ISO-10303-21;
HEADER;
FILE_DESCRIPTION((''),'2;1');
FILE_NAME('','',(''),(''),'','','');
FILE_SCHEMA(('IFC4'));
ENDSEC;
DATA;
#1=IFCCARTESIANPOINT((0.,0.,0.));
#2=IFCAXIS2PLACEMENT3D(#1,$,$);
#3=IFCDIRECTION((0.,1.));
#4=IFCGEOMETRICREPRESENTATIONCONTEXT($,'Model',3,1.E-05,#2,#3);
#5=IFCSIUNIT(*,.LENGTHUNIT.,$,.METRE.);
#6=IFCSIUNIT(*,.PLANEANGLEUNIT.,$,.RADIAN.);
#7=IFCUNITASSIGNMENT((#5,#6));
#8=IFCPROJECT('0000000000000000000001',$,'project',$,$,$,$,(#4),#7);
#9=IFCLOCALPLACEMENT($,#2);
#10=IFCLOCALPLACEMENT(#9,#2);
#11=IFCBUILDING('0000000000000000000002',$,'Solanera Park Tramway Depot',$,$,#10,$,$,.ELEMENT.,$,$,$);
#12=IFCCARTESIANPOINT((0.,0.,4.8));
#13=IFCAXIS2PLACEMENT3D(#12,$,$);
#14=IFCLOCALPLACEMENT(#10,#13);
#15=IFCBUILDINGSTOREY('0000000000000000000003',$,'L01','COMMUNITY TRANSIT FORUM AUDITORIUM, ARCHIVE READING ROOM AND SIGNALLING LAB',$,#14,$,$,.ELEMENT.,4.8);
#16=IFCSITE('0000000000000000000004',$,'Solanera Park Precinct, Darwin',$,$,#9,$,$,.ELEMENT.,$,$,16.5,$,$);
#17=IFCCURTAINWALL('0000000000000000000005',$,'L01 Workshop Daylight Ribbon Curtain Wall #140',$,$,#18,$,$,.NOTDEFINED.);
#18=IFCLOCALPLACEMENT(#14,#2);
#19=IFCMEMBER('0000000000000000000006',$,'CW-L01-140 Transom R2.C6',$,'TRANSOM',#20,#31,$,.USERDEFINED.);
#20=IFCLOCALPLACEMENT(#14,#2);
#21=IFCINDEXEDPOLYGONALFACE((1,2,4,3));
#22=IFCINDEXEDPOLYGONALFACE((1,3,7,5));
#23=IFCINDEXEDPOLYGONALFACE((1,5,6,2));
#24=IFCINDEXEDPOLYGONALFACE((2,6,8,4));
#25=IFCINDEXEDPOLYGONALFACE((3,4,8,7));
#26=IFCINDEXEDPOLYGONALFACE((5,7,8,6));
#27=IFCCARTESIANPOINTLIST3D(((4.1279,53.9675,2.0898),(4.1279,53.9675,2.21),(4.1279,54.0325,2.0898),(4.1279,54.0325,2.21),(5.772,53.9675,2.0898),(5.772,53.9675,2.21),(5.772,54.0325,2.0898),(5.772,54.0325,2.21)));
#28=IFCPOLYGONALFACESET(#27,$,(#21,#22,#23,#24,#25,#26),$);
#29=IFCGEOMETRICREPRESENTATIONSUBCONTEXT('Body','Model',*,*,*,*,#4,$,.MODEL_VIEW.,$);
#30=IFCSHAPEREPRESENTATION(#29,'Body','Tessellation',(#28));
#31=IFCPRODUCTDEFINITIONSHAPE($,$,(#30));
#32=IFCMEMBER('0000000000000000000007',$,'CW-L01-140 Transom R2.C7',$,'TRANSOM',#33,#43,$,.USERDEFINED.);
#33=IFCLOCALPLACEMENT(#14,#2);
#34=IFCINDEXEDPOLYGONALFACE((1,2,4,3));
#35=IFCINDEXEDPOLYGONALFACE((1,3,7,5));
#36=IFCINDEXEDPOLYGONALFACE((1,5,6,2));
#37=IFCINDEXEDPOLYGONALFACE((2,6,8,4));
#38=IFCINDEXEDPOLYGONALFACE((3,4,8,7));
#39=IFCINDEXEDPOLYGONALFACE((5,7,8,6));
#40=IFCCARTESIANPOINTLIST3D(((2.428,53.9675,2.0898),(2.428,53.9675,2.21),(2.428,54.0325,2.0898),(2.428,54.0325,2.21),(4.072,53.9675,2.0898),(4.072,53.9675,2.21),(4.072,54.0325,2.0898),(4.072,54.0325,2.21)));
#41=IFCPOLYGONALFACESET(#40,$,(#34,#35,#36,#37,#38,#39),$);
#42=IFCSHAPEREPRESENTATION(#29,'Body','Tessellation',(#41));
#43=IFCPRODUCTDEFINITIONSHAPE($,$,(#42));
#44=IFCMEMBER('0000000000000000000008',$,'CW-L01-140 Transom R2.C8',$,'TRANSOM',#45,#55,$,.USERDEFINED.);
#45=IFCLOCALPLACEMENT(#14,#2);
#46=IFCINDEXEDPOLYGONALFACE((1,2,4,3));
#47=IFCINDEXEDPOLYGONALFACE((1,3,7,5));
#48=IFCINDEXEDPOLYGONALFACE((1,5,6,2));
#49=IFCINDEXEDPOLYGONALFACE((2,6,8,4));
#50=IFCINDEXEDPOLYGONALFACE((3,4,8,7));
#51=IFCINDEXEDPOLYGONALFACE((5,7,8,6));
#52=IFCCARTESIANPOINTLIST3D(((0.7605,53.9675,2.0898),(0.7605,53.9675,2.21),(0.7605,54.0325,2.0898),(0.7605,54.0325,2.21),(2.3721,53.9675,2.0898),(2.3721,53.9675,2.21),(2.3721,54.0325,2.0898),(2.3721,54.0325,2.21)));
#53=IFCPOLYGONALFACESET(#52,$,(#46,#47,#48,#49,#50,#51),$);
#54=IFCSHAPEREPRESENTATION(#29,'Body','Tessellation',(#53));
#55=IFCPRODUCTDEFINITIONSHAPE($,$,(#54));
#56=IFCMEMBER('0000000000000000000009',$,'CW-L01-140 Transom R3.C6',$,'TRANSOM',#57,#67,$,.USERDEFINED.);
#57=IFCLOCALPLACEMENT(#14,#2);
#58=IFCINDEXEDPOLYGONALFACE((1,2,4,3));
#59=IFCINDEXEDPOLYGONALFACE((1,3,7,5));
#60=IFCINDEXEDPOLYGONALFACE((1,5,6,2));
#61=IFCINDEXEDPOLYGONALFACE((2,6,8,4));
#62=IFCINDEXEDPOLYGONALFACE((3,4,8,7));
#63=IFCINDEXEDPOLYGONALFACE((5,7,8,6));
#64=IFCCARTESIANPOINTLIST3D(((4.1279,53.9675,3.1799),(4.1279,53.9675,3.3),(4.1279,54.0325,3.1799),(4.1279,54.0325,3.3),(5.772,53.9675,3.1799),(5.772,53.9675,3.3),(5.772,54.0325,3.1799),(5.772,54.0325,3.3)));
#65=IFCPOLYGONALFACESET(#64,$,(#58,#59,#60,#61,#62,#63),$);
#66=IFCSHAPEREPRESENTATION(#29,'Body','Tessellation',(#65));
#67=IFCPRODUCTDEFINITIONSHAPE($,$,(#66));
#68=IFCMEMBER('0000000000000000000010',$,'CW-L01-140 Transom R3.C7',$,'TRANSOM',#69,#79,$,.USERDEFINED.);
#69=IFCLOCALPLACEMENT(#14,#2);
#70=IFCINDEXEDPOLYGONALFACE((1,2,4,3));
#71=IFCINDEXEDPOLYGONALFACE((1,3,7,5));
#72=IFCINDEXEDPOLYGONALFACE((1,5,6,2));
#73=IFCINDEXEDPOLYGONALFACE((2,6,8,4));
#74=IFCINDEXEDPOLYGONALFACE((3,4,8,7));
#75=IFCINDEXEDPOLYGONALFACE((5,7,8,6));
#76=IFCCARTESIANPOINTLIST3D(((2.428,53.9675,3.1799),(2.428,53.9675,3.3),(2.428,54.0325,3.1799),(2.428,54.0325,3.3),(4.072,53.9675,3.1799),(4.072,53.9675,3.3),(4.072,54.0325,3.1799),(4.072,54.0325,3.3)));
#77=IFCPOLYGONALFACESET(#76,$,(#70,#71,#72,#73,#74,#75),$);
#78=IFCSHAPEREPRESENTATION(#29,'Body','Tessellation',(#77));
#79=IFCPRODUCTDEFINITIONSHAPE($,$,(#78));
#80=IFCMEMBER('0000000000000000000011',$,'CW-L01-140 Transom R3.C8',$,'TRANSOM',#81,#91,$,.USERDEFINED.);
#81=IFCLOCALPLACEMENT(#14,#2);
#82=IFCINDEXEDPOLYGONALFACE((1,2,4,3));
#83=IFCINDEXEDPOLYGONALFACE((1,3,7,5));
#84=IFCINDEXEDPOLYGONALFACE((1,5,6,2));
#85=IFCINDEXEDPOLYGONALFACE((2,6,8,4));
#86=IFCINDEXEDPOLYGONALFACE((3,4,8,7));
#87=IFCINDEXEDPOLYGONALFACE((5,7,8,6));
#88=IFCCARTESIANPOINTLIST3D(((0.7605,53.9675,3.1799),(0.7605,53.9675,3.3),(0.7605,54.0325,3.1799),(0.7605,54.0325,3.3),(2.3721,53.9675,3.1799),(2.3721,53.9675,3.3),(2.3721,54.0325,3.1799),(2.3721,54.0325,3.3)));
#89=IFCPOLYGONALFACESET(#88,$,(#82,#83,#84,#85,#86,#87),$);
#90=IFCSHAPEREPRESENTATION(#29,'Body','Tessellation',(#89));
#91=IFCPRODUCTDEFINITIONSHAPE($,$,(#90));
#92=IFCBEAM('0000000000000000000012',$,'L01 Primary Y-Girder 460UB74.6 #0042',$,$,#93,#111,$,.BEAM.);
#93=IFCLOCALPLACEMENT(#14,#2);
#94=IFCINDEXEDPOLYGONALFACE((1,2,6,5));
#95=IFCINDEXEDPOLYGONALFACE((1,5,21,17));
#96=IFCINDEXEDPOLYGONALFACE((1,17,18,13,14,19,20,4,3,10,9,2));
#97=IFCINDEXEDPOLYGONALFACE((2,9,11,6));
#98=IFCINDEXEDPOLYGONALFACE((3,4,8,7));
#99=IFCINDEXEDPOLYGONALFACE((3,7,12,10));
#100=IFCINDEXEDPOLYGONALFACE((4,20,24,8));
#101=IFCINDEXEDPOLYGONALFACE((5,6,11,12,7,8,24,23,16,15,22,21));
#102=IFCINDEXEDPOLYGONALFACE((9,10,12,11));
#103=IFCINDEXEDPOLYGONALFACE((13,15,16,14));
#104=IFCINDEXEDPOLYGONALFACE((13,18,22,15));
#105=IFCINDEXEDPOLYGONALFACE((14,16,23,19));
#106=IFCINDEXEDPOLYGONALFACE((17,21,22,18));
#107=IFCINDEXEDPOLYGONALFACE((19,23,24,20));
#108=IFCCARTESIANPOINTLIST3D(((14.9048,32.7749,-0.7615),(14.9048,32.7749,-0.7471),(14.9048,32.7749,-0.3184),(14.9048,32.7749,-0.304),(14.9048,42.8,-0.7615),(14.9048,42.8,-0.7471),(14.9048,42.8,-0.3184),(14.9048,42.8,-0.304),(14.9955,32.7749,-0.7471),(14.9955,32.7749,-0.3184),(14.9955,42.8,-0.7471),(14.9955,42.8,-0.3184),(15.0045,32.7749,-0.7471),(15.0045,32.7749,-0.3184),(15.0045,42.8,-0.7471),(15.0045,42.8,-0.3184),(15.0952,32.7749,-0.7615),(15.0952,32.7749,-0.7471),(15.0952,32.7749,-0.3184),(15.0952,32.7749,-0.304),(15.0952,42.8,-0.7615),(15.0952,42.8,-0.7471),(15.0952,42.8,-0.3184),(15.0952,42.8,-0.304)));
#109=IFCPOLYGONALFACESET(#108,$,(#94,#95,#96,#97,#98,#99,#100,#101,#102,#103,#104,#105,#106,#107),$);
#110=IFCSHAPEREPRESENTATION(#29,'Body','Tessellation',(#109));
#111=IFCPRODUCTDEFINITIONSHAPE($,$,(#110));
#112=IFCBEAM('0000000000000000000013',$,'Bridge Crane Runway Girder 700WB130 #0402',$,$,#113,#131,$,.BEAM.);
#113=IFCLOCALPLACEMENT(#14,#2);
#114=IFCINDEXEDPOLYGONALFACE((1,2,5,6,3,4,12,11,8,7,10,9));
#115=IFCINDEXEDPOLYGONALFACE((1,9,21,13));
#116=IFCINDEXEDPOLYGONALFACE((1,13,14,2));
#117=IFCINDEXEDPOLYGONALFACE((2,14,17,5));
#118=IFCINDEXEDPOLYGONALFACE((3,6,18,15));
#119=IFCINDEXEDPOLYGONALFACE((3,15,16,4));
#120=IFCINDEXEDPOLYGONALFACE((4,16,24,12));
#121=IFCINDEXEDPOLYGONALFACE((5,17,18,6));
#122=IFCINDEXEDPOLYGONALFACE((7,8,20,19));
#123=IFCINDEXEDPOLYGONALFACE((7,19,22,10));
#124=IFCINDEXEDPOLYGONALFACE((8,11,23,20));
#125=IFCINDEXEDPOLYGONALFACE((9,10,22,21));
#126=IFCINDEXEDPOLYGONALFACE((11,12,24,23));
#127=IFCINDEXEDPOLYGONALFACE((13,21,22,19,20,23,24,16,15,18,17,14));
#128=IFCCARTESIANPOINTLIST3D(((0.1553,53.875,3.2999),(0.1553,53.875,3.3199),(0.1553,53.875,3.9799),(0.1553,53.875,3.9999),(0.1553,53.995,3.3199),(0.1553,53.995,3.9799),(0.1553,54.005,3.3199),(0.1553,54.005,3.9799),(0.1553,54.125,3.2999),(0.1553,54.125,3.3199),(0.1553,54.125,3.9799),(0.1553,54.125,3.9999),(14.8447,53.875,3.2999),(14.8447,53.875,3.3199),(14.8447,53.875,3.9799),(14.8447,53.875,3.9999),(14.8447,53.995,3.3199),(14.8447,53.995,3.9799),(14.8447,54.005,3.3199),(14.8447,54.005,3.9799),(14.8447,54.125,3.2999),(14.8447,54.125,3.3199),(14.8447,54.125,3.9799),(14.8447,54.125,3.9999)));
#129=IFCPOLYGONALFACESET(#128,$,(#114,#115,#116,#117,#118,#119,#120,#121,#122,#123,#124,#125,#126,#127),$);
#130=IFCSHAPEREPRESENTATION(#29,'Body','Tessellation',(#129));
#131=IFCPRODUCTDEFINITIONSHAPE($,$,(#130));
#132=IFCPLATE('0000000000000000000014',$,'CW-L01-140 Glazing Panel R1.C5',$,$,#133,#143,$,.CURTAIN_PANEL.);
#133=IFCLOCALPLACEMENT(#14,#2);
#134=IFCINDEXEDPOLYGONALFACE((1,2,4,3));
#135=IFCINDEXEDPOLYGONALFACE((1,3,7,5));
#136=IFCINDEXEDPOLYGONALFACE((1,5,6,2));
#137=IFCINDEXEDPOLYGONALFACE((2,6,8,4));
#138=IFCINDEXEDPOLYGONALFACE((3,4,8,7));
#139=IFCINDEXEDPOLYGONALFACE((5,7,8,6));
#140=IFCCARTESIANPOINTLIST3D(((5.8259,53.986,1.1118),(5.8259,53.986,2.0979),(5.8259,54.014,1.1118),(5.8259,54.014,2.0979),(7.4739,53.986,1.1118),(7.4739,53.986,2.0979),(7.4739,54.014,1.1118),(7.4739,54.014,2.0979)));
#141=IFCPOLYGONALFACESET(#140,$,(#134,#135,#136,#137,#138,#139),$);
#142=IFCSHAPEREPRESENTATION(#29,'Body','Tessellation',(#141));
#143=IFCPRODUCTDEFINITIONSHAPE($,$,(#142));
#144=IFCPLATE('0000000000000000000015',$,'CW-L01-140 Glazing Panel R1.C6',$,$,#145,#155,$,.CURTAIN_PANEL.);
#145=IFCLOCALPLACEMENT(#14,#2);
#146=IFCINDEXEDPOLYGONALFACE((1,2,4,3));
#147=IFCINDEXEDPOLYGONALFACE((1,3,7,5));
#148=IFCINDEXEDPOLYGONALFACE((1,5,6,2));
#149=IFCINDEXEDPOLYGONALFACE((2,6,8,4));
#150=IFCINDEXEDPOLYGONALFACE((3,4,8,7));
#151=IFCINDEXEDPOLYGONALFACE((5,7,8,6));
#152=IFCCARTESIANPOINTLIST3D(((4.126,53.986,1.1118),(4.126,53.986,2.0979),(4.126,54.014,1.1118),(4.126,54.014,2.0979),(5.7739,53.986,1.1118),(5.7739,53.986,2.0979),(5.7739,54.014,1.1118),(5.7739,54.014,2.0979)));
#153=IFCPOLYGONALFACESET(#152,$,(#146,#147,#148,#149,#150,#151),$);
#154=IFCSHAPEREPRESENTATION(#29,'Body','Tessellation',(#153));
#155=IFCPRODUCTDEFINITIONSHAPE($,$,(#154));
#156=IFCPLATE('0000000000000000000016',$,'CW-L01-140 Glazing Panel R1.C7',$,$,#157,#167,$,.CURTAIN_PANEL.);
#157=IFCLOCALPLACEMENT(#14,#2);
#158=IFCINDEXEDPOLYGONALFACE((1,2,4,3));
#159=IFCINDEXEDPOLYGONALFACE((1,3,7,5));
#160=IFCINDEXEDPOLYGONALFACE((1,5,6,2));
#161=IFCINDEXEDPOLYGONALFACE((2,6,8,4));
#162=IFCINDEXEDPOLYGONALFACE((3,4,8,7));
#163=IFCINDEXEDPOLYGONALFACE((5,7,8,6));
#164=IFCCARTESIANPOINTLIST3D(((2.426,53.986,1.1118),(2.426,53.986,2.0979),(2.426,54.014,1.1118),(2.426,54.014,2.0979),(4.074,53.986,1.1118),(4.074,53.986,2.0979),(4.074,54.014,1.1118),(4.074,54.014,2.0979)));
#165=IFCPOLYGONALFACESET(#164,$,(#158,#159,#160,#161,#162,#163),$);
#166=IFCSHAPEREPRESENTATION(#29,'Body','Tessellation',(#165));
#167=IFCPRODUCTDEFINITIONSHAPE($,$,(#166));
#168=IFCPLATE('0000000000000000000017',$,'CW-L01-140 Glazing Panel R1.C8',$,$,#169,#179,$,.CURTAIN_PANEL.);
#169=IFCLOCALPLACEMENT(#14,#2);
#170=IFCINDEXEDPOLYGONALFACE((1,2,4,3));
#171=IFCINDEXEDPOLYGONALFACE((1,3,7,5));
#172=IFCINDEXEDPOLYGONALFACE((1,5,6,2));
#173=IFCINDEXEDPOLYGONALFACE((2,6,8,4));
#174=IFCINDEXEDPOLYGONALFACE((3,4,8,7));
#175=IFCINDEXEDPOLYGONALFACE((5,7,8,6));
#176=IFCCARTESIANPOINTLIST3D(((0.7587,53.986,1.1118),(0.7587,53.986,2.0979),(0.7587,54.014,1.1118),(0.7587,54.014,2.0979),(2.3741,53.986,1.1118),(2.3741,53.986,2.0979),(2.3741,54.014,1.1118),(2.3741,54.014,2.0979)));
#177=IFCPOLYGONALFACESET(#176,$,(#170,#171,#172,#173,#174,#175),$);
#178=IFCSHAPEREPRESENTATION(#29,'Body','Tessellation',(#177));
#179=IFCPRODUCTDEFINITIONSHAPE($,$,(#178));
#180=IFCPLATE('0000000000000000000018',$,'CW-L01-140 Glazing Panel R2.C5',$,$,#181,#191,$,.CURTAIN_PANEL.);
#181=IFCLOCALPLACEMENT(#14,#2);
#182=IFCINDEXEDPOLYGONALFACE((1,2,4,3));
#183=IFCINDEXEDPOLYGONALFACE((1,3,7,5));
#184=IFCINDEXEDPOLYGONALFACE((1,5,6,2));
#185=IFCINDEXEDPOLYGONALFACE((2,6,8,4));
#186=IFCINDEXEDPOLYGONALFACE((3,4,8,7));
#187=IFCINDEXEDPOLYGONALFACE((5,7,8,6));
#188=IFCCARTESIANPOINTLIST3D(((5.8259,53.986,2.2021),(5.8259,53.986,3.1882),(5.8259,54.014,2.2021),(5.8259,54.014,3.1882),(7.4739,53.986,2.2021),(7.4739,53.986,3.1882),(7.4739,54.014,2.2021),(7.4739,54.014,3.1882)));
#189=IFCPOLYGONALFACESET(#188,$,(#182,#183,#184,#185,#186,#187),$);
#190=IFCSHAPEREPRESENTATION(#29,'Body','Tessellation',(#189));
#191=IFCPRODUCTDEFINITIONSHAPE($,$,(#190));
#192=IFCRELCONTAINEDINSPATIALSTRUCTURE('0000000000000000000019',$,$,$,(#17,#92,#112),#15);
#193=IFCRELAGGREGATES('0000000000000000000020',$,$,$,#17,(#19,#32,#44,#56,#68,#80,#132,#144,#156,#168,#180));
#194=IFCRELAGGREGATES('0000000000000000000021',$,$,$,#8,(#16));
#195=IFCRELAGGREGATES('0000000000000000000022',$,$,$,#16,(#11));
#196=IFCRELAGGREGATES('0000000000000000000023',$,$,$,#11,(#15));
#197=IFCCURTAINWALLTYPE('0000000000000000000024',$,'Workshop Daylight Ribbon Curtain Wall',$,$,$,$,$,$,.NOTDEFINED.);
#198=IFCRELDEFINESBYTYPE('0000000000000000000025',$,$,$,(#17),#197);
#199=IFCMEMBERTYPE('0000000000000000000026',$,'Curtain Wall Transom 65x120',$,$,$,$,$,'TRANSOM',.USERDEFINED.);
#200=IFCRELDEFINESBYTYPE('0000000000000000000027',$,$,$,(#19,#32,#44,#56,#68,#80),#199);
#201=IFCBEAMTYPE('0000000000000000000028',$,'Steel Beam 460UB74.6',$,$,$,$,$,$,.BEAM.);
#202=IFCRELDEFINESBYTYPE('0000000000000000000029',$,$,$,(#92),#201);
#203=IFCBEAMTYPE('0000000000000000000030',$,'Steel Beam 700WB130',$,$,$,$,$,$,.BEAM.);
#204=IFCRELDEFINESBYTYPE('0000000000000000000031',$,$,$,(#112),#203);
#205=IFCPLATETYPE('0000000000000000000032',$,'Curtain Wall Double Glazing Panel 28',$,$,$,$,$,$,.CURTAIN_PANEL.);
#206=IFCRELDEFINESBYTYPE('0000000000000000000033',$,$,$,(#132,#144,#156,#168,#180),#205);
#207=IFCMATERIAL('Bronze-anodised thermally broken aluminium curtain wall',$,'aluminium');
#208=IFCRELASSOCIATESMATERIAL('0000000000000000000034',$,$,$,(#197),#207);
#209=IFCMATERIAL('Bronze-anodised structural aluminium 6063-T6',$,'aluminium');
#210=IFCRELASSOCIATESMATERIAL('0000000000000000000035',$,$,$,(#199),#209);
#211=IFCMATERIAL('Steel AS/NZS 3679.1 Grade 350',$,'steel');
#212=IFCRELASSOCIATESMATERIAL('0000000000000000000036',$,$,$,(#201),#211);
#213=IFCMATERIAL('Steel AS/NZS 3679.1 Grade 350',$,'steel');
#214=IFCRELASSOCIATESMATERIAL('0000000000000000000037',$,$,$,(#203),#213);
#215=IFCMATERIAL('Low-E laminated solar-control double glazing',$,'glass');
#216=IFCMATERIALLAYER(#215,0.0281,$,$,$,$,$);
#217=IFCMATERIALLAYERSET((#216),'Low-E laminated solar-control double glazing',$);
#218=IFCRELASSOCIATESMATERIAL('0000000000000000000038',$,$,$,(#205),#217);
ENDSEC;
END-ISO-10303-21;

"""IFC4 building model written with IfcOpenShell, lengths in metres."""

from ifc_helpers import new_model, si_unit, direction, frame, origin, origin_2d, place, context, subcontext, project, spatial, rectangle, i_section, extrude, material, layer, layer_set, material_profile, profile_set, type_object, element, aggregate, save


model = new_model("IFC4")

# Units and contexts
model_context = context("Model", 3, precision=1e-05, world=origin(), true_north=direction((0.0, 1.0)))
body_context = subcontext(model_context, "Body", "Model", "MODEL_VIEW")
ifc_project = project(units=[si_unit("LENGTHUNIT", "METRE"), si_unit("PLANEANGLEUNIT", "RADIAN")], contexts=[model_context])

# Site, building, storey
site_placement = place(None, origin())
site = spatial("IfcSite", under=ifc_project, at=site_placement, Name="Solanera Park Precinct, Darwin", CompositionType="ELEMENT", RefElevation=16.5)
building_placement = place(site_placement, origin())
building = spatial("IfcBuilding", under=site, at=building_placement, Name="Solanera Park Tramway Depot", CompositionType="ELEMENT")
storey_placement = place(building_placement, frame((0.0, 0.0, 4.8)))
storey = spatial("IfcBuildingStorey", under=building, at=storey_placement, Name="L01", Description="COMMUNITY TRANSIT FORUM AUDITORIUM, ARCHIVE READING ROOM AND SIGNALLING LAB", CompositionType="ELEMENT", Elevation=4.8)

# Curtain wall, members
ifc_material_1 = material(Name="Bronze-anodised thermally broken aluminium curtain wall", Category="aluminium")
curtain_wall_type = type_object("IfcCurtainWallType", Name="Workshop Daylight Ribbon Curtain Wall", PredefinedType="NOTDEFINED", material=ifc_material_1)
curtain_wall_placement = place(storey_placement, origin())
curtain_wall = element("IfcCurtainWall", 1, at=curtain_wall_placement, inside=storey, type_object=curtain_wall_type, Name="L01 Workshop Daylight Ribbon Curtain Wall #140", PredefinedType="NOTDEFINED")
ifc_material_2 = material(Name="Bronze-anodised structural aluminium 6063-T6", Category="aluminium")
ifc_material_profile_1 = material_profile(ifc_material_2, rectangle(XDim=0.0649, YDim=0.1201, at=origin_2d()), Name="Curtain Wall Transom 65x120")
ifc_profile_set_1 = profile_set([ifc_material_profile_1], Name="Bronze-anodised structural aluminium 6063-T6")
member_type_1 = type_object("IfcMemberType", Name="Curtain Wall Transom 65x120", ElementType="TRANSOM", PredefinedType="USERDEFINED", material=ifc_profile_set_1)
member_1_placement = place(storey_placement, frame((5.772, 54.0, 2.1499), z_axis=(-1.0, 0.0, 0.0), x_axis=(0.0, -1.0, 0.0)))
member_1 = element("IfcMember", 2, at=member_1_placement, type_object=member_type_1, Name="CW-L01-140 Transom R2.C6", ObjectType="TRANSOM", PredefinedType="USERDEFINED", context=body_context, shape_type="SweptSolid", body=[
    extrude(rectangle(XDim=0.0649, YDim=0.1201, at=origin_2d()), origin(), (0.0, 0.0, 1.0), 1.644),
])
member_2_placement = place(storey_placement, frame((4.072, 54.0, 2.1499), z_axis=(-1.0, 0.0, 0.0), x_axis=(0.0, -1.0, 0.0)))
member_2 = element("IfcMember", 3, at=member_2_placement, type_object=member_type_1, Name="CW-L01-140 Transom R2.C7", ObjectType="TRANSOM", PredefinedType="USERDEFINED", context=body_context, shape_type="SweptSolid", body=[
    extrude(rectangle(XDim=0.0649, YDim=0.1201, at=origin_2d()), origin(), (0.0, 0.0, 1.0), 1.644),
])
member_3_placement = place(storey_placement, frame((2.3721, 54.0, 2.1499), z_axis=(-1.0, 0.0, 0.0), x_axis=(0.0, -1.0, 0.0)))
member_3 = element("IfcMember", 4, at=member_3_placement, type_object=member_type_1, Name="CW-L01-140 Transom R2.C8", ObjectType="TRANSOM", PredefinedType="USERDEFINED", context=body_context, shape_type="SweptSolid", body=[
    extrude(rectangle(XDim=0.0649, YDim=0.1201, at=origin_2d()), origin(), (0.0, 0.0, 1.0), 1.6116),
])
member_4_placement = place(storey_placement, frame((5.772, 54.0, 3.24), z_axis=(-1.0, 0.0, 0.0), x_axis=(0.0, -1.0, 0.0)))
member_4 = element("IfcMember", 5, at=member_4_placement, type_object=member_type_1, Name="CW-L01-140 Transom R3.C6", ObjectType="TRANSOM", PredefinedType="USERDEFINED", context=body_context, shape_type="SweptSolid", body=[
    extrude(rectangle(XDim=0.0649, YDim=0.1201, at=origin_2d()), origin(), (0.0, 0.0, 1.0), 1.644),
])
member_5_placement = place(storey_placement, frame((4.072, 54.0, 3.24), z_axis=(-1.0, 0.0, 0.0), x_axis=(0.0, -1.0, 0.0)))
member_5 = element("IfcMember", 6, at=member_5_placement, type_object=member_type_1, Name="CW-L01-140 Transom R3.C7", ObjectType="TRANSOM", PredefinedType="USERDEFINED", context=body_context, shape_type="SweptSolid", body=[
    extrude(rectangle(XDim=0.0649, YDim=0.1201, at=origin_2d()), origin(), (0.0, 0.0, 1.0), 1.644),
])
member_6_placement = place(storey_placement, frame((2.3721, 54.0, 3.24), z_axis=(-1.0, 0.0, 0.0), x_axis=(0.0, -1.0, 0.0)))
member_6 = element("IfcMember", 7, at=member_6_placement, type_object=member_type_1, Name="CW-L01-140 Transom R3.C8", ObjectType="TRANSOM", PredefinedType="USERDEFINED", context=body_context, shape_type="SweptSolid", body=[
    extrude(rectangle(XDim=0.0649, YDim=0.1201, at=origin_2d()), origin(), (0.0, 0.0, 1.0), 1.6116),
])

# Beams
ifc_material_3 = material(Name="Steel AS/NZS 3679.1 Grade 350", Category="steel")
ifc_material_profile_2 = material_profile(ifc_material_3, i_section(OverallWidth=0.1904, OverallDepth=0.4575, WebThickness=0.009, FlangeThickness=0.0144, at=origin_2d()), Name="460UB74.6")
ifc_profile_set_2 = profile_set([ifc_material_profile_2], Name="Steel AS/NZS 3679.1 Grade 350")
beam_type_1 = type_object("IfcBeamType", Name="Steel Beam 460UB74.6", PredefinedType="BEAM", material=ifc_profile_set_2)
beam_1_placement = place(storey_placement, frame((15.0, 32.7749, -0.5327), z_axis=(0.0, 1.0, 0.0), x_axis=(-1.0, 0.0, 0.0)))
element("IfcBeam", 8, at=beam_1_placement, inside=storey, type_object=beam_type_1, Name="L01 Primary Y-Girder 460UB74.6 #0042", PredefinedType="BEAM", context=body_context, shape_type="SweptSolid", body=[
    extrude(i_section(OverallWidth=0.1904, OverallDepth=0.4575, WebThickness=0.009, FlangeThickness=0.0144, at=origin_2d()), origin(), (0.0, 0.0, 1.0), 10.0251),
])
ifc_material_4 = material(Name="Steel AS/NZS 3679.1 Grade 350", Category="steel")
ifc_material_profile_3 = material_profile(ifc_material_4, i_section(OverallWidth=0.25, OverallDepth=0.7, WebThickness=0.01, FlangeThickness=0.02, at=origin_2d()), Name="700WB130")
ifc_profile_set_3 = profile_set([ifc_material_profile_3], Name="Steel AS/NZS 3679.1 Grade 350")
beam_type_2 = type_object("IfcBeamType", Name="Steel Beam 700WB130", PredefinedType="BEAM", material=ifc_profile_set_3)
beam_2_placement = place(storey_placement, frame((0.1553, 54.0, 3.6499), z_axis=(1.0, 0.0, 0.0), x_axis=(0.0, 1.0, 0.0)))
element("IfcBeam", 9, at=beam_2_placement, inside=storey, type_object=beam_type_2, Name="Bridge Crane Runway Girder 700WB130 #0402", PredefinedType="BEAM", context=body_context, shape_type="SweptSolid", body=[
    extrude(i_section(OverallWidth=0.25, OverallDepth=0.7, WebThickness=0.01, FlangeThickness=0.02, at=origin_2d()), origin(), (0.0, 0.0, 1.0), 14.6895),
])

# Plates
ifc_material_5 = material(Name="Low-E laminated solar-control double glazing", Category="glass")
ifc_layer_1 = layer(ifc_material_5, 0.0281)
ifc_layer_set_1 = layer_set([ifc_layer_1], Name="Low-E laminated solar-control double glazing")
plate_type = type_object("IfcPlateType", Name="Curtain Wall Double Glazing Panel 28", PredefinedType="CURTAIN_PANEL", material=ifc_layer_set_1)
plate_1_placement = place(storey_placement, frame((6.6499, 54.0, 1.1118), z_axis=(0.0, 0.0, 1.0), x_axis=(-1.0, 0.0, 0.0)))
plate_1 = element("IfcPlate", 10, at=plate_1_placement, type_object=plate_type, Name="CW-L01-140 Glazing Panel R1.C5", PredefinedType="CURTAIN_PANEL", context=body_context, shape_type="SweptSolid", body=[
    extrude(rectangle(XDim=1.6479, YDim=0.0281, at=origin_2d()), origin(), (0.0, 0.0, 1.0), 0.9861),
])
plate_2_placement = place(storey_placement, frame((4.95, 54.0, 1.1118), z_axis=(0.0, 0.0, 1.0), x_axis=(-1.0, 0.0, 0.0)))
plate_2 = element("IfcPlate", 11, at=plate_2_placement, type_object=plate_type, Name="CW-L01-140 Glazing Panel R1.C6", PredefinedType="CURTAIN_PANEL", context=body_context, shape_type="SweptSolid", body=[
    extrude(rectangle(XDim=1.6479, YDim=0.0281, at=origin_2d()), origin(), (0.0, 0.0, 1.0), 0.9861),
])
plate_3_placement = place(storey_placement, frame((3.25, 54.0, 1.1118), z_axis=(0.0, 0.0, 1.0), x_axis=(-1.0, 0.0, 0.0)))
plate_3 = element("IfcPlate", 12, at=plate_3_placement, type_object=plate_type, Name="CW-L01-140 Glazing Panel R1.C7", PredefinedType="CURTAIN_PANEL", context=body_context, shape_type="SweptSolid", body=[
    extrude(rectangle(XDim=1.6479, YDim=0.0281, at=origin_2d()), origin(), (0.0, 0.0, 1.0), 0.9861),
])
plate_4_placement = place(storey_placement, frame((1.5664, 54.0, 1.1118), z_axis=(0.0, 0.0, 1.0), x_axis=(-1.0, 0.0, 0.0)))
plate_4 = element("IfcPlate", 13, at=plate_4_placement, type_object=plate_type, Name="CW-L01-140 Glazing Panel R1.C8", PredefinedType="CURTAIN_PANEL", context=body_context, shape_type="SweptSolid", body=[
    extrude(rectangle(XDim=1.6155, YDim=0.0281, at=origin_2d()), origin(), (0.0, 0.0, 1.0), 0.9861),
])
plate_5_placement = place(storey_placement, frame((6.6499, 54.0, 2.2021), z_axis=(0.0, 0.0, 1.0), x_axis=(-1.0, 0.0, 0.0)))
plate_5 = element("IfcPlate", 14, at=plate_5_placement, type_object=plate_type, Name="CW-L01-140 Glazing Panel R2.C5", PredefinedType="CURTAIN_PANEL", context=body_context, shape_type="SweptSolid", body=[
    extrude(rectangle(XDim=1.6479, YDim=0.0281, at=origin_2d()), origin(), (0.0, 0.0, 1.0), 0.9861),
])
aggregate(curtain_wall, [member_1, member_2, member_3, member_4, member_5, member_6, plate_1, plate_2, plate_3, plate_4, plate_5])

save(model, "model.ifc")
